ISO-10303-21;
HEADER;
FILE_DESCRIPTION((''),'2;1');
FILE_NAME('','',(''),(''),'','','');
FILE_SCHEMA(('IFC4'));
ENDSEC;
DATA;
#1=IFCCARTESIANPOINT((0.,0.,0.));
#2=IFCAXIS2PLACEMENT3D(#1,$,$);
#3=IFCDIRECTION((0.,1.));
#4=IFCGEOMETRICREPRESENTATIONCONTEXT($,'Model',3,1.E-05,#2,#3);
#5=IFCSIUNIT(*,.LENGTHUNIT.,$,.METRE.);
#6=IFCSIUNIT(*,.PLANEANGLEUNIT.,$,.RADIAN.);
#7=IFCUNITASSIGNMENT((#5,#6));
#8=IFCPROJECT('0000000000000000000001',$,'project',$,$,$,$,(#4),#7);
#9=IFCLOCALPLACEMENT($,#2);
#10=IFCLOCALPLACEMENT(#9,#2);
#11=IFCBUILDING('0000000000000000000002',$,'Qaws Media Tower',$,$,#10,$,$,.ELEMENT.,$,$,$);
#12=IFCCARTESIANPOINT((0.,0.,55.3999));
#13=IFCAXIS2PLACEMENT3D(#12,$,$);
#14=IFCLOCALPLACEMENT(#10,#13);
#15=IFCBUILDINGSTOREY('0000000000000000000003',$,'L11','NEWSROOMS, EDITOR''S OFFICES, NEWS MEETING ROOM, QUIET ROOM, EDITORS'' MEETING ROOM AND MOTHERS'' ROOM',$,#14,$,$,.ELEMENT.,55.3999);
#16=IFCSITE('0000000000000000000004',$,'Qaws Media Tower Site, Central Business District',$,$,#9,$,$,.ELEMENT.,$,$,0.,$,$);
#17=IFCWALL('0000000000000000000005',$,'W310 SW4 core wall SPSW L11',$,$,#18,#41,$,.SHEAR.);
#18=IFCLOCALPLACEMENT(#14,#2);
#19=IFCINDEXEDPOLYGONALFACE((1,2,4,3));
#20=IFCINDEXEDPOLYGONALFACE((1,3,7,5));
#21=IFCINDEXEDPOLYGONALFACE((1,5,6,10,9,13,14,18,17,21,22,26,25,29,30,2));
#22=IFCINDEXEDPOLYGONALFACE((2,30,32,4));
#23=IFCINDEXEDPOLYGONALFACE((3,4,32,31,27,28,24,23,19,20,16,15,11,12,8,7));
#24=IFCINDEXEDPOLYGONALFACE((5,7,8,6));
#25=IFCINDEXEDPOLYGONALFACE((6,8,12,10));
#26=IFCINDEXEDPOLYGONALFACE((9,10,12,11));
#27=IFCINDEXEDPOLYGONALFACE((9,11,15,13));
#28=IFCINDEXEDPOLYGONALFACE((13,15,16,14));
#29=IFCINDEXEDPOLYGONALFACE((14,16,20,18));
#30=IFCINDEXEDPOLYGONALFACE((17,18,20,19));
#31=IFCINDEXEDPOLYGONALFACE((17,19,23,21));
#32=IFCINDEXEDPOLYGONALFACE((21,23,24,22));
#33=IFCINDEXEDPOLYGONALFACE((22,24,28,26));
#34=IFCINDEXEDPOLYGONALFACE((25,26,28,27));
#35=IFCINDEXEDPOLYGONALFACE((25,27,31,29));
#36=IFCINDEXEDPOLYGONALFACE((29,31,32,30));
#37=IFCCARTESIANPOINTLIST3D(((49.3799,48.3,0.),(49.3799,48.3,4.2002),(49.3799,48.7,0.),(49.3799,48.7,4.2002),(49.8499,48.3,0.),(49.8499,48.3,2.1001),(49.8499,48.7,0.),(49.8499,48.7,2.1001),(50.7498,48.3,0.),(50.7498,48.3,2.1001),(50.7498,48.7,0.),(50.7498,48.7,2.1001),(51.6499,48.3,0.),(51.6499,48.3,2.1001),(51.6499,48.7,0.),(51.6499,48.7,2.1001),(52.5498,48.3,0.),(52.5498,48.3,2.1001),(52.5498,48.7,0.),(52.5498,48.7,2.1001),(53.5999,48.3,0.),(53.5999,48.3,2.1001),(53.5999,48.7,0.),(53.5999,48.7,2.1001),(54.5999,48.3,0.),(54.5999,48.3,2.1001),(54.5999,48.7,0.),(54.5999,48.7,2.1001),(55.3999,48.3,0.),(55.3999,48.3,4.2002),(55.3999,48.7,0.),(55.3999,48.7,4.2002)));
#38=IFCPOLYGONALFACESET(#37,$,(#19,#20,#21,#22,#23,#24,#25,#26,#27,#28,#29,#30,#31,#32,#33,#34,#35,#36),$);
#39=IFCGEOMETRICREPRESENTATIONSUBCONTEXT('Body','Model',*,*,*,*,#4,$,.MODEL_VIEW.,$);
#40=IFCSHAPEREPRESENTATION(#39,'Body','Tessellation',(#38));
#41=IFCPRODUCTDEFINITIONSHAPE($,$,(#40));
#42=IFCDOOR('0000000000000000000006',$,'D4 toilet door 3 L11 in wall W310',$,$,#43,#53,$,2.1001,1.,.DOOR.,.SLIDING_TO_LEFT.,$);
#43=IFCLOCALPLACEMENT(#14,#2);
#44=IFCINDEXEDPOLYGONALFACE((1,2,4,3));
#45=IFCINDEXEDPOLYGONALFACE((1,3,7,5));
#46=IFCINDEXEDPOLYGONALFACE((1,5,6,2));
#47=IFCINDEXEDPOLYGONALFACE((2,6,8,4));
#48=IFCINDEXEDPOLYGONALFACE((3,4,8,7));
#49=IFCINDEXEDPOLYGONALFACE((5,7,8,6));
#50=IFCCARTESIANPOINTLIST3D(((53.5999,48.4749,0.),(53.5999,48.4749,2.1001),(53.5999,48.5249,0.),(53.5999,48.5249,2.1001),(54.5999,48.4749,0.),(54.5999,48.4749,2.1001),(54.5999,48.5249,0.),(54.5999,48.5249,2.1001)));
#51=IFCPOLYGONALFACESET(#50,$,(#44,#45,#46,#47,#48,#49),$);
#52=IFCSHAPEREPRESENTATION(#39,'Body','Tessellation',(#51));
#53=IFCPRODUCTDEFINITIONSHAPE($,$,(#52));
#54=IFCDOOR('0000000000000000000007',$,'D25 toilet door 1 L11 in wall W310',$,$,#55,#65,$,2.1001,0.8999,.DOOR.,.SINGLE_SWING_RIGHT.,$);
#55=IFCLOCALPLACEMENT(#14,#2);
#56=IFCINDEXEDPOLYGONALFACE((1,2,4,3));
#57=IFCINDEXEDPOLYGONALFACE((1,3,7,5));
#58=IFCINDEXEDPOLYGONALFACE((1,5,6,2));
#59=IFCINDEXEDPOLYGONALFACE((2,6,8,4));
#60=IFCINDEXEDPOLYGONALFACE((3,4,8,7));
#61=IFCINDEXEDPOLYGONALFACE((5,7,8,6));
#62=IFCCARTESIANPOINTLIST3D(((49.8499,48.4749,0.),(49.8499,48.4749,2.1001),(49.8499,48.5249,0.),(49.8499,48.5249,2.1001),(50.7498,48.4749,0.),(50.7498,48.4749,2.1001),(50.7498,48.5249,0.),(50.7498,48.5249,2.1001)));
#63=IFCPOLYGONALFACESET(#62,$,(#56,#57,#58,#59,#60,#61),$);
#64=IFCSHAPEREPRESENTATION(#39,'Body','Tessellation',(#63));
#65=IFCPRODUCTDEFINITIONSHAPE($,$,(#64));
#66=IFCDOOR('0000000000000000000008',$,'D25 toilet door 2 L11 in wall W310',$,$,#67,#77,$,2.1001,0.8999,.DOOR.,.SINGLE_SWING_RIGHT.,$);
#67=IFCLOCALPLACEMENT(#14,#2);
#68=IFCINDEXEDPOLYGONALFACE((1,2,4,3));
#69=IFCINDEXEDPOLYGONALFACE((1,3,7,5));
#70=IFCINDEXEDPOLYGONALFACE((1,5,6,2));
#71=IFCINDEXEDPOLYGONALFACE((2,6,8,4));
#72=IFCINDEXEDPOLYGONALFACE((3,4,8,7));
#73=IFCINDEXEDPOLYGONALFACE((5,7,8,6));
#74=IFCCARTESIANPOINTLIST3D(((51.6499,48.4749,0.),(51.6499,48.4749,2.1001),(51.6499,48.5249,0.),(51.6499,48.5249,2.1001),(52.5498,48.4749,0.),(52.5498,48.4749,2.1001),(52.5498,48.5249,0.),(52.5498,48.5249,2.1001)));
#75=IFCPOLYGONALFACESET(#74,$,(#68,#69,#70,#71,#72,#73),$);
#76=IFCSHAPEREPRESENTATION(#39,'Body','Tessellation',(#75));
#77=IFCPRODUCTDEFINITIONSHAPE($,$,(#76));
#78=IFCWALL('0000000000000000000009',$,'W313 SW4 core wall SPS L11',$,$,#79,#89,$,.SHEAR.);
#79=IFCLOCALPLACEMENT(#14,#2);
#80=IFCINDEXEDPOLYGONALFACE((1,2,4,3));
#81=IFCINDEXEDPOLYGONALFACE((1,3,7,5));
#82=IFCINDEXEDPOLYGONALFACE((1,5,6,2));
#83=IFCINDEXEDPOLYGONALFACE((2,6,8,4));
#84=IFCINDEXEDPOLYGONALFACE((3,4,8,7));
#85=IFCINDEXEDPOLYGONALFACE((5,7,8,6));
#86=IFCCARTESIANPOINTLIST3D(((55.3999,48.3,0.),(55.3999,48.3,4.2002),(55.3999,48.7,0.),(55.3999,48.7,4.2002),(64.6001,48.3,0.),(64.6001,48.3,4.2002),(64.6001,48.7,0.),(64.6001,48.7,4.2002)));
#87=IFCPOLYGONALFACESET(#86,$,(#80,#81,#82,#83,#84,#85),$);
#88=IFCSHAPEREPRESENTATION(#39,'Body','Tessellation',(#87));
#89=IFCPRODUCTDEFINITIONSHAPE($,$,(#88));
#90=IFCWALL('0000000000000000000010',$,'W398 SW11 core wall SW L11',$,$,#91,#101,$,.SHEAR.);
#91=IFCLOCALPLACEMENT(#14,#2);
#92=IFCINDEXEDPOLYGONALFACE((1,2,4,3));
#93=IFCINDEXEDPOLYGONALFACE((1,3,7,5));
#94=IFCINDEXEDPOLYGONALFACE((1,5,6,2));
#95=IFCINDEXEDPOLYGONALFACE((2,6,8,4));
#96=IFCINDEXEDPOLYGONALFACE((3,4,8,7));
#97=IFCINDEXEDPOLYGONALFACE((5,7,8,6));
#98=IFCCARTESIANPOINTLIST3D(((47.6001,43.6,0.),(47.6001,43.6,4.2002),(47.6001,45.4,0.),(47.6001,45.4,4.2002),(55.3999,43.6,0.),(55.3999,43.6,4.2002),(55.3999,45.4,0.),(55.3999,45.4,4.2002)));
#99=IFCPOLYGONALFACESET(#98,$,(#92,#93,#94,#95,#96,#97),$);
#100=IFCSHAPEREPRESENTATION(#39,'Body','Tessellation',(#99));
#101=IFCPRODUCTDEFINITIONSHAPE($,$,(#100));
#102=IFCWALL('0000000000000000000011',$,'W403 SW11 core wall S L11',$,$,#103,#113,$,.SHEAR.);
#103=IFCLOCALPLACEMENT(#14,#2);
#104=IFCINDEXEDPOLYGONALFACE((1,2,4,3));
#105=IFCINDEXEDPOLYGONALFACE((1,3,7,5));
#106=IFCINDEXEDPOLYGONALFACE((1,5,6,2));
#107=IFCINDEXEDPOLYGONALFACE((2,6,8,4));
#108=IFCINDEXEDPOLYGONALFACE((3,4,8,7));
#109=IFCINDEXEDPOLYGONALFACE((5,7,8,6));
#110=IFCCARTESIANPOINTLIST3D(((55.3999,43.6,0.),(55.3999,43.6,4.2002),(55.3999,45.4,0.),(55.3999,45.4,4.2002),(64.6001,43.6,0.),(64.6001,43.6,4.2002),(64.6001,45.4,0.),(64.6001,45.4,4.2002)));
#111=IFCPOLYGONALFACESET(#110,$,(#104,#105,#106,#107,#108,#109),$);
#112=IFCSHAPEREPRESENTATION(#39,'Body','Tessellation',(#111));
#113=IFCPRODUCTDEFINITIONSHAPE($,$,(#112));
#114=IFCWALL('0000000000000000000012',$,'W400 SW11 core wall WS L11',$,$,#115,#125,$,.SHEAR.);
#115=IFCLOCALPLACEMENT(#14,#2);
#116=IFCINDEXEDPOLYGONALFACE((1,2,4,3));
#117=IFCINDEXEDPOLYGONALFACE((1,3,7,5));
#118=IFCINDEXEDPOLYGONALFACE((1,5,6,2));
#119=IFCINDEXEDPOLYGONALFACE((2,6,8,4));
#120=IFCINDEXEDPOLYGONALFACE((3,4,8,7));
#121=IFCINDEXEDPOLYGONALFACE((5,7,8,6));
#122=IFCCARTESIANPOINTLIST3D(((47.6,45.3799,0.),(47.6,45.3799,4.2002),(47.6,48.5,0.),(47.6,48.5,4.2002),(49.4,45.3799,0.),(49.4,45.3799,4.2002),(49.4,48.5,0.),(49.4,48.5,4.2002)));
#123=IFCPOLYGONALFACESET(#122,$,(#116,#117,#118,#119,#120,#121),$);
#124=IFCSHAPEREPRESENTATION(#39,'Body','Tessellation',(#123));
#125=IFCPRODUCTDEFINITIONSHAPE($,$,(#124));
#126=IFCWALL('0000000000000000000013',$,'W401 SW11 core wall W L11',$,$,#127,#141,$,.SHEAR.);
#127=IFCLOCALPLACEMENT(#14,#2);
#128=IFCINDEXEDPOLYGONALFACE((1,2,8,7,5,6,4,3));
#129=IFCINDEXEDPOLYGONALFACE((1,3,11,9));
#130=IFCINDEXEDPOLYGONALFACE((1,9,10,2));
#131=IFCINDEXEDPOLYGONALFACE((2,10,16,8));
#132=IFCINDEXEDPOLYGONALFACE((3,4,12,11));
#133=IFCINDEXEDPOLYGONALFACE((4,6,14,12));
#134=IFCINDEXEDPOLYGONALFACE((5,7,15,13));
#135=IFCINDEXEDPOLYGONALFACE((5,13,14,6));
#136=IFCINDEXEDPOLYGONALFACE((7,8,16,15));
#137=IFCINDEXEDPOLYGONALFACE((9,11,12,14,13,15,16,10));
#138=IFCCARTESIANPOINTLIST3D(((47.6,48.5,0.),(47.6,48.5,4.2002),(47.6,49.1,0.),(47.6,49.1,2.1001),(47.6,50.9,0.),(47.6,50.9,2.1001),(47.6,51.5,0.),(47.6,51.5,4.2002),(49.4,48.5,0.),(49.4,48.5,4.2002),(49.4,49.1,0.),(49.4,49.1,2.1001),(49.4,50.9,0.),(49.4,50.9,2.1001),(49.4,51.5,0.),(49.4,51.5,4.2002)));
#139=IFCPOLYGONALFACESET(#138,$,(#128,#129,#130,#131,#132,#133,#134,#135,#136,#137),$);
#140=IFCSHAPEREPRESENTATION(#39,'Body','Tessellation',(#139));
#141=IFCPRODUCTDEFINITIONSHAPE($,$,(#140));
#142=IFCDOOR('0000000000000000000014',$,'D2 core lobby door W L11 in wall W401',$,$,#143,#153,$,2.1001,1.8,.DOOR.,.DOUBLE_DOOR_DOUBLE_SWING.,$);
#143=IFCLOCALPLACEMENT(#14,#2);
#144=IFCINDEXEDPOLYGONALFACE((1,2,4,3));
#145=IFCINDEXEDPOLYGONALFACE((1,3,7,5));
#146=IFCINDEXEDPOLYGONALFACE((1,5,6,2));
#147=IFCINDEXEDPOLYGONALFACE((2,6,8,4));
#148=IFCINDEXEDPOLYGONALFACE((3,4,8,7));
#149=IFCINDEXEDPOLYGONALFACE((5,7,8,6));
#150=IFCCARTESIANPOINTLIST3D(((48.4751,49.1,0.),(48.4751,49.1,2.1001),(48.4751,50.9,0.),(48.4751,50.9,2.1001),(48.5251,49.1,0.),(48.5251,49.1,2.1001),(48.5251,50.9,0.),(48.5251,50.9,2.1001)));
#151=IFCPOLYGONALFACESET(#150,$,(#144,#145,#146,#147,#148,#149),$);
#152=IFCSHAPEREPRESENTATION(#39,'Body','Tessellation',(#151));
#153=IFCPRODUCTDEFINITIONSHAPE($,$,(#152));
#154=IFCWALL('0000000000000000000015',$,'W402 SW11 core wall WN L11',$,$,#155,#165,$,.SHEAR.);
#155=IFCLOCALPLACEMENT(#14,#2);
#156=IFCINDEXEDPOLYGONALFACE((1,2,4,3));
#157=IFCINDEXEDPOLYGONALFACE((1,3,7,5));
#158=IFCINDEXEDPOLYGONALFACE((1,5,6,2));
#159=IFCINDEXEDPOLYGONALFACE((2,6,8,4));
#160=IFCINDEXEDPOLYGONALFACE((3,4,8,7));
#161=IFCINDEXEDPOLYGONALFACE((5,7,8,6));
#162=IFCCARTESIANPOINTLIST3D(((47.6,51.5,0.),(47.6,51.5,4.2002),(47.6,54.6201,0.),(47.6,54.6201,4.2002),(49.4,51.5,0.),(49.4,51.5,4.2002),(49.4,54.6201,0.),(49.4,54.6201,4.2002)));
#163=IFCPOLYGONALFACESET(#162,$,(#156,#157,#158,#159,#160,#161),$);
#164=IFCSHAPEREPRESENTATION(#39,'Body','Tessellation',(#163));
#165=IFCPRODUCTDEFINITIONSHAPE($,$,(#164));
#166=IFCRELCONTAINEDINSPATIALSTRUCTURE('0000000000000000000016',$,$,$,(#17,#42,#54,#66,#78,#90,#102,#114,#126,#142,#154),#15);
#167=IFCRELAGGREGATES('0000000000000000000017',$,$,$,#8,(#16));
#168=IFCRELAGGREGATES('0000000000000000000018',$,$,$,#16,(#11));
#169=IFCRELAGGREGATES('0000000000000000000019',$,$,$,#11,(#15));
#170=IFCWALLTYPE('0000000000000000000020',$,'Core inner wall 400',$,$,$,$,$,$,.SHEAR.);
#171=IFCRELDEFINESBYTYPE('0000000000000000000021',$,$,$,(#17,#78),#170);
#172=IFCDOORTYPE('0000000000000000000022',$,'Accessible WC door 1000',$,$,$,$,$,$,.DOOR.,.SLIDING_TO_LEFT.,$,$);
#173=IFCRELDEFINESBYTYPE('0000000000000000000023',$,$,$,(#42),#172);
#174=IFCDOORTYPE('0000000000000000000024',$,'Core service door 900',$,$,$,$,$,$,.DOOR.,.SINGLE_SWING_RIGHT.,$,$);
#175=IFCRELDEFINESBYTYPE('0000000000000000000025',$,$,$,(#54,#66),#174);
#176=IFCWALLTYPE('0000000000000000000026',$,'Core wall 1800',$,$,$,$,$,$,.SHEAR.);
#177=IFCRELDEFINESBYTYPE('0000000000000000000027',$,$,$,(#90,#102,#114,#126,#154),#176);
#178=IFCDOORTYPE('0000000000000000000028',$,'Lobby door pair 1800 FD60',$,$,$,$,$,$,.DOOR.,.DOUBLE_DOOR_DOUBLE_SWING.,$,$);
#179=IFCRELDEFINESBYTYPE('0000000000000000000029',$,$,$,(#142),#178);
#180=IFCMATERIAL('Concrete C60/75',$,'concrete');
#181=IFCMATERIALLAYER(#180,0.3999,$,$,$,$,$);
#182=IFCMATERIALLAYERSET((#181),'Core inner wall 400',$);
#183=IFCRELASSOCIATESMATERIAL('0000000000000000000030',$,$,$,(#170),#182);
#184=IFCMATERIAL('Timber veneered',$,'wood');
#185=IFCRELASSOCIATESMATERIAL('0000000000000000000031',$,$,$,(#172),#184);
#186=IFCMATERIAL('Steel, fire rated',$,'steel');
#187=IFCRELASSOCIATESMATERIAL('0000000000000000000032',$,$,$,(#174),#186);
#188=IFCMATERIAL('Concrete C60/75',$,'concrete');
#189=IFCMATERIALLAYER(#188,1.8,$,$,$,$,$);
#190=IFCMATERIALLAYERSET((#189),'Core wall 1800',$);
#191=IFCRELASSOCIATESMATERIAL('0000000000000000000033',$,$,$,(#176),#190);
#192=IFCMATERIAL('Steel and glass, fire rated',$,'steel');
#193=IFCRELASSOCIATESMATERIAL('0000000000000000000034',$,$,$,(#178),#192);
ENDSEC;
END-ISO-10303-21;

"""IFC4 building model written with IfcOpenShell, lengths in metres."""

from ifc_helpers import new_model, si_unit, direction, frame, frame_2d, origin, place, context, subcontext, project, spatial, rectangle, extrude, material, layer, layer_set, type_object, element, fill, save


model = new_model("IFC4")

# Units and contexts
model_context = context("Model", 3, precision=1e-05, world=origin(), true_north=direction((0.0, 1.0)))
body_context = subcontext(model_context, "Body", "Model", "MODEL_VIEW")
ifc_project = project(units=[si_unit("LENGTHUNIT", "METRE"), si_unit("PLANEANGLEUNIT", "RADIAN")], contexts=[model_context])

# Site, building, storey
site_placement = place(None, origin())
site = spatial("IfcSite", under=ifc_project, at=site_placement, Name="Qaws Media Tower Site, Central Business District", CompositionType="ELEMENT", RefElevation=0.0)
building_placement = place(site_placement, origin())
building = spatial("IfcBuilding", under=site, at=building_placement, Name="Qaws Media Tower", CompositionType="ELEMENT")
storey_placement = place(building_placement, frame((0.0, 0.0, 55.3999)))
storey = spatial("IfcBuildingStorey", under=building, at=storey_placement, Name="L11", Description="NEWSROOMS, EDITOR'S OFFICES, NEWS MEETING ROOM, QUIET ROOM, EDITORS' MEETING ROOM AND MOTHERS' ROOM", CompositionType="ELEMENT", Elevation=55.3999)

# Shared definitions
ifc_material_1 = material(Name="Concrete C60/75", Category="concrete")
ifc_layer_1 = layer(ifc_material_1, 0.3999)
ifc_layer_set_1 = layer_set([ifc_layer_1], Name="Core inner wall 400")
wall_type_1 = type_object("IfcWallType", Name="Core inner wall 400", PredefinedType="SHEAR", material=ifc_layer_set_1)

# Wall, openings, doors
wall_1_placement = place(storey_placement, frame((49.3799, 48.5, 0.0), z_axis=(0.0, 0.0, 1.0), x_axis=(1.0, 0.0, 0.0)))
wall_1 = element("IfcWall", 1, at=wall_1_placement, inside=storey, type_object=wall_type_1, Name="W310 SW4 core wall SPSW L11", PredefinedType="SHEAR", context=body_context, shape_type="SweptSolid", body=[
    extrude(rectangle(XDim=6.02, YDim=0.3999, at=frame_2d((3.01, 0.0))), origin(), (0.0, 0.0, 1.0), 4.2002),
])
opening_1_placement = place(wall_1_placement, frame((0.47, 0.0, 0.0)))
opening_1 = element("IfcOpeningElement", 2, at=opening_1_placement, cuts=wall_1, PredefinedType="OPENING", context=body_context, shape_type="SweptSolid", body=[
    extrude(rectangle(XDim=0.8999, YDim=2.1001, at=frame_2d((0.45, 1.05))), frame((0.0, 0.21, 0.0), z_axis=(0.0, -1.0, 0.0), x_axis=(1.0, 0.0, 0.0)), (0.0, 0.0, 1.0), 0.4199),
])
opening_2_placement = place(wall_1_placement, frame((2.27, 0.0, 0.0)))
opening_2 = element("IfcOpeningElement", 3, at=opening_2_placement, cuts=wall_1, PredefinedType="OPENING", context=body_context, shape_type="SweptSolid", body=[
    extrude(rectangle(XDim=0.8999, YDim=2.1001, at=frame_2d((0.45, 1.05))), frame((0.0, 0.21, 0.0), z_axis=(0.0, -1.0, 0.0), x_axis=(1.0, 0.0, 0.0)), (0.0, 0.0, 1.0), 0.4199),
])
opening_3_placement = place(wall_1_placement, frame((4.22, 0.0, 0.0)))
opening_3 = element("IfcOpeningElement", 4, at=opening_3_placement, cuts=wall_1, PredefinedType="OPENING", context=body_context, shape_type="SweptSolid", body=[
    extrude(rectangle(XDim=1.0, YDim=2.1001, at=frame_2d((0.5, 1.05))), frame((0.0, 0.21, 0.0), z_axis=(0.0, -1.0, 0.0), x_axis=(1.0, 0.0, 0.0)), (0.0, 0.0, 1.0), 0.4199),
])
ifc_material_2 = material(Name="Timber veneered", Category="wood")
door_type_1 = type_object("IfcDoorType", Name="Accessible WC door 1000", OperationType="SLIDING_TO_LEFT", PredefinedType="DOOR", material=ifc_material_2)
door_1_placement = place(opening_3_placement, origin())
door_1 = element("IfcDoor", 5, at=door_1_placement, inside=storey, type_object=door_type_1, Name="D4 toilet door 3 L11 in wall W310", OperationType="SLIDING_TO_LEFT", OverallHeight=2.1001, OverallWidth=1.0, PredefinedType="DOOR", context=body_context, shape_type="SweptSolid", body=[
    extrude(rectangle(XDim=1.0, YDim=2.1001, at=frame_2d((0.5, 1.05))), frame((0.0, 0.0249, 0.0), z_axis=(0.0, -1.0, 0.0), x_axis=(1.0, 0.0, 0.0)), (0.0, 0.0, 1.0), 0.05),
])
fill(opening_3, door_1)
ifc_material_3 = material(Name="Steel, fire rated", Category="steel")
door_type_2 = type_object("IfcDoorType", Name="Core service door 900", OperationType="SINGLE_SWING_RIGHT", PredefinedType="DOOR", material=ifc_material_3)
door_2_placement = place(opening_1_placement, origin())
door_2 = element("IfcDoor", 6, at=door_2_placement, inside=storey, type_object=door_type_2, Name="D25 toilet door 1 L11 in wall W310", OperationType="SINGLE_SWING_RIGHT", OverallHeight=2.1001, OverallWidth=0.8999, PredefinedType="DOOR", context=body_context, shape_type="SweptSolid", body=[
    extrude(rectangle(XDim=0.8999, YDim=2.1001, at=frame_2d((0.45, 1.05))), frame((0.0, 0.0249, 0.0), z_axis=(0.0, -1.0, 0.0), x_axis=(1.0, 0.0, 0.0)), (0.0, 0.0, 1.0), 0.05),
])
fill(opening_1, door_2)
door_3_placement = place(opening_2_placement, origin())
door_3 = element("IfcDoor", 7, at=door_3_placement, inside=storey, type_object=door_type_2, Name="D25 toilet door 2 L11 in wall W310", OperationType="SINGLE_SWING_RIGHT", OverallHeight=2.1001, OverallWidth=0.8999, PredefinedType="DOOR", context=body_context, shape_type="SweptSolid", body=[
    extrude(rectangle(XDim=0.8999, YDim=2.1001, at=frame_2d((0.45, 1.05))), frame((0.0, 0.0249, 0.0), z_axis=(0.0, -1.0, 0.0), x_axis=(1.0, 0.0, 0.0)), (0.0, 0.0, 1.0), 0.05),
])
fill(opening_2, door_3)

# Walls
wall_2_placement = place(storey_placement, frame((55.3999, 48.5, 0.0), z_axis=(0.0, 0.0, 1.0), x_axis=(1.0, 0.0, 0.0)))
element("IfcWall", 8, at=wall_2_placement, inside=storey, type_object=wall_type_1, Name="W313 SW4 core wall SPS L11", PredefinedType="SHEAR", context=body_context, shape_type="SweptSolid", body=[
    extrude(rectangle(XDim=9.2002, YDim=0.3999, at=frame_2d((4.6001, 0.0))), origin(), (0.0, 0.0, 1.0), 4.2002),
])
ifc_material_4 = material(Name="Concrete C60/75", Category="concrete")
ifc_layer_2 = layer(ifc_material_4, 1.8)
ifc_layer_set_2 = layer_set([ifc_layer_2], Name="Core wall 1800")
wall_type_2 = type_object("IfcWallType", Name="Core wall 1800", PredefinedType="SHEAR", material=ifc_layer_set_2)
wall_3_placement = place(storey_placement, frame((47.6001, 44.5, 0.0), z_axis=(0.0, 0.0, 1.0), x_axis=(1.0, 0.0, 0.0)))
element("IfcWall", 9, at=wall_3_placement, inside=storey, type_object=wall_type_2, Name="W398 SW11 core wall SW L11", PredefinedType="SHEAR", context=body_context, shape_type="SweptSolid", body=[
    extrude(rectangle(XDim=7.7998, YDim=1.8, at=frame_2d((3.8999, 0.0))), origin(), (0.0, 0.0, 1.0), 4.2002),
])
wall_4_placement = place(storey_placement, frame((55.3999, 44.5, 0.0), z_axis=(0.0, 0.0, 1.0), x_axis=(1.0, 0.0, 0.0)))
element("IfcWall", 10, at=wall_4_placement, inside=storey, type_object=wall_type_2, Name="W403 SW11 core wall S L11", PredefinedType="SHEAR", context=body_context, shape_type="SweptSolid", body=[
    extrude(rectangle(XDim=9.2002, YDim=1.8, at=frame_2d((4.6001, 0.0))), origin(), (0.0, 0.0, 1.0), 4.2002),
])
wall_5_placement = place(storey_placement, frame((48.5, 45.3799, 0.0), z_axis=(0.0, 0.0, 1.0), x_axis=(0.0, 1.0, 0.0)))
element("IfcWall", 11, at=wall_5_placement, inside=storey, type_object=wall_type_2, Name="W400 SW11 core wall WS L11", PredefinedType="SHEAR", context=body_context, shape_type="SweptSolid", body=[
    extrude(rectangle(XDim=3.1201, YDim=1.8, at=frame_2d((1.5601, 0.0))), origin(), (0.0, 0.0, 1.0), 4.2002),
])

# Wall, opening, door
wall_6_placement = place(storey_placement, frame((48.5, 48.5, 0.0), z_axis=(0.0, 0.0, 1.0), x_axis=(0.0, 1.0, 0.0)))
wall_6 = element("IfcWall", 12, at=wall_6_placement, inside=storey, type_object=wall_type_2, Name="W401 SW11 core wall W L11", PredefinedType="SHEAR", context=body_context, shape_type="SweptSolid", body=[
    extrude(rectangle(XDim=3.0, YDim=1.8, at=frame_2d((1.5, 0.0))), origin(), (0.0, 0.0, 1.0), 4.2002),
])
opening_4_placement = place(wall_6_placement, frame((0.6001, 0.0, 0.0)))
opening_4 = element("IfcOpeningElement", 13, at=opening_4_placement, cuts=wall_6, PredefinedType="OPENING", context=body_context, shape_type="SweptSolid", body=[
    extrude(rectangle(XDim=1.8, YDim=2.1001, at=frame_2d((0.8999, 1.05))), frame((0.0, 0.9099, 0.0), z_axis=(0.0, -1.0, 0.0), x_axis=(1.0, 0.0, 0.0)), (0.0, 0.0, 1.0), 1.8201),
])
ifc_material_5 = material(Name="Steel and glass, fire rated", Category="steel")
door_type_3 = type_object("IfcDoorType", Name="Lobby door pair 1800 FD60", OperationType="DOUBLE_DOOR_DOUBLE_SWING", PredefinedType="DOOR", material=ifc_material_5)
door_4_placement = place(opening_4_placement, origin())
door_4 = element("IfcDoor", 14, at=door_4_placement, inside=storey, type_object=door_type_3, Name="D2 core lobby door W L11 in wall W401", OperationType="DOUBLE_DOOR_DOUBLE_SWING", OverallHeight=2.1001, OverallWidth=1.8, PredefinedType="DOOR", context=body_context, shape_type="SweptSolid", body=[
    extrude(rectangle(XDim=1.8, YDim=2.1001, at=frame_2d((0.8999, 1.05))), frame((0.0, 0.0249, 0.0), z_axis=(0.0, -1.0, 0.0), x_axis=(1.0, 0.0, 0.0)), (0.0, 0.0, 1.0), 0.05),
])
fill(opening_4, door_4)

# Wall
wall_7_placement = place(storey_placement, frame((48.5, 51.5, 0.0), z_axis=(0.0, 0.0, 1.0), x_axis=(0.0, 1.0, 0.0)))
element("IfcWall", 15, at=wall_7_placement, inside=storey, type_object=wall_type_2, Name="W402 SW11 core wall WN L11", PredefinedType="SHEAR", context=body_context, shape_type="SweptSolid", body=[
    extrude(rectangle(XDim=3.1201, YDim=1.8, at=frame_2d((1.5601, 0.0))), origin(), (0.0, 0.0, 1.0), 4.2002),
])

save(model, "model.ifc")
